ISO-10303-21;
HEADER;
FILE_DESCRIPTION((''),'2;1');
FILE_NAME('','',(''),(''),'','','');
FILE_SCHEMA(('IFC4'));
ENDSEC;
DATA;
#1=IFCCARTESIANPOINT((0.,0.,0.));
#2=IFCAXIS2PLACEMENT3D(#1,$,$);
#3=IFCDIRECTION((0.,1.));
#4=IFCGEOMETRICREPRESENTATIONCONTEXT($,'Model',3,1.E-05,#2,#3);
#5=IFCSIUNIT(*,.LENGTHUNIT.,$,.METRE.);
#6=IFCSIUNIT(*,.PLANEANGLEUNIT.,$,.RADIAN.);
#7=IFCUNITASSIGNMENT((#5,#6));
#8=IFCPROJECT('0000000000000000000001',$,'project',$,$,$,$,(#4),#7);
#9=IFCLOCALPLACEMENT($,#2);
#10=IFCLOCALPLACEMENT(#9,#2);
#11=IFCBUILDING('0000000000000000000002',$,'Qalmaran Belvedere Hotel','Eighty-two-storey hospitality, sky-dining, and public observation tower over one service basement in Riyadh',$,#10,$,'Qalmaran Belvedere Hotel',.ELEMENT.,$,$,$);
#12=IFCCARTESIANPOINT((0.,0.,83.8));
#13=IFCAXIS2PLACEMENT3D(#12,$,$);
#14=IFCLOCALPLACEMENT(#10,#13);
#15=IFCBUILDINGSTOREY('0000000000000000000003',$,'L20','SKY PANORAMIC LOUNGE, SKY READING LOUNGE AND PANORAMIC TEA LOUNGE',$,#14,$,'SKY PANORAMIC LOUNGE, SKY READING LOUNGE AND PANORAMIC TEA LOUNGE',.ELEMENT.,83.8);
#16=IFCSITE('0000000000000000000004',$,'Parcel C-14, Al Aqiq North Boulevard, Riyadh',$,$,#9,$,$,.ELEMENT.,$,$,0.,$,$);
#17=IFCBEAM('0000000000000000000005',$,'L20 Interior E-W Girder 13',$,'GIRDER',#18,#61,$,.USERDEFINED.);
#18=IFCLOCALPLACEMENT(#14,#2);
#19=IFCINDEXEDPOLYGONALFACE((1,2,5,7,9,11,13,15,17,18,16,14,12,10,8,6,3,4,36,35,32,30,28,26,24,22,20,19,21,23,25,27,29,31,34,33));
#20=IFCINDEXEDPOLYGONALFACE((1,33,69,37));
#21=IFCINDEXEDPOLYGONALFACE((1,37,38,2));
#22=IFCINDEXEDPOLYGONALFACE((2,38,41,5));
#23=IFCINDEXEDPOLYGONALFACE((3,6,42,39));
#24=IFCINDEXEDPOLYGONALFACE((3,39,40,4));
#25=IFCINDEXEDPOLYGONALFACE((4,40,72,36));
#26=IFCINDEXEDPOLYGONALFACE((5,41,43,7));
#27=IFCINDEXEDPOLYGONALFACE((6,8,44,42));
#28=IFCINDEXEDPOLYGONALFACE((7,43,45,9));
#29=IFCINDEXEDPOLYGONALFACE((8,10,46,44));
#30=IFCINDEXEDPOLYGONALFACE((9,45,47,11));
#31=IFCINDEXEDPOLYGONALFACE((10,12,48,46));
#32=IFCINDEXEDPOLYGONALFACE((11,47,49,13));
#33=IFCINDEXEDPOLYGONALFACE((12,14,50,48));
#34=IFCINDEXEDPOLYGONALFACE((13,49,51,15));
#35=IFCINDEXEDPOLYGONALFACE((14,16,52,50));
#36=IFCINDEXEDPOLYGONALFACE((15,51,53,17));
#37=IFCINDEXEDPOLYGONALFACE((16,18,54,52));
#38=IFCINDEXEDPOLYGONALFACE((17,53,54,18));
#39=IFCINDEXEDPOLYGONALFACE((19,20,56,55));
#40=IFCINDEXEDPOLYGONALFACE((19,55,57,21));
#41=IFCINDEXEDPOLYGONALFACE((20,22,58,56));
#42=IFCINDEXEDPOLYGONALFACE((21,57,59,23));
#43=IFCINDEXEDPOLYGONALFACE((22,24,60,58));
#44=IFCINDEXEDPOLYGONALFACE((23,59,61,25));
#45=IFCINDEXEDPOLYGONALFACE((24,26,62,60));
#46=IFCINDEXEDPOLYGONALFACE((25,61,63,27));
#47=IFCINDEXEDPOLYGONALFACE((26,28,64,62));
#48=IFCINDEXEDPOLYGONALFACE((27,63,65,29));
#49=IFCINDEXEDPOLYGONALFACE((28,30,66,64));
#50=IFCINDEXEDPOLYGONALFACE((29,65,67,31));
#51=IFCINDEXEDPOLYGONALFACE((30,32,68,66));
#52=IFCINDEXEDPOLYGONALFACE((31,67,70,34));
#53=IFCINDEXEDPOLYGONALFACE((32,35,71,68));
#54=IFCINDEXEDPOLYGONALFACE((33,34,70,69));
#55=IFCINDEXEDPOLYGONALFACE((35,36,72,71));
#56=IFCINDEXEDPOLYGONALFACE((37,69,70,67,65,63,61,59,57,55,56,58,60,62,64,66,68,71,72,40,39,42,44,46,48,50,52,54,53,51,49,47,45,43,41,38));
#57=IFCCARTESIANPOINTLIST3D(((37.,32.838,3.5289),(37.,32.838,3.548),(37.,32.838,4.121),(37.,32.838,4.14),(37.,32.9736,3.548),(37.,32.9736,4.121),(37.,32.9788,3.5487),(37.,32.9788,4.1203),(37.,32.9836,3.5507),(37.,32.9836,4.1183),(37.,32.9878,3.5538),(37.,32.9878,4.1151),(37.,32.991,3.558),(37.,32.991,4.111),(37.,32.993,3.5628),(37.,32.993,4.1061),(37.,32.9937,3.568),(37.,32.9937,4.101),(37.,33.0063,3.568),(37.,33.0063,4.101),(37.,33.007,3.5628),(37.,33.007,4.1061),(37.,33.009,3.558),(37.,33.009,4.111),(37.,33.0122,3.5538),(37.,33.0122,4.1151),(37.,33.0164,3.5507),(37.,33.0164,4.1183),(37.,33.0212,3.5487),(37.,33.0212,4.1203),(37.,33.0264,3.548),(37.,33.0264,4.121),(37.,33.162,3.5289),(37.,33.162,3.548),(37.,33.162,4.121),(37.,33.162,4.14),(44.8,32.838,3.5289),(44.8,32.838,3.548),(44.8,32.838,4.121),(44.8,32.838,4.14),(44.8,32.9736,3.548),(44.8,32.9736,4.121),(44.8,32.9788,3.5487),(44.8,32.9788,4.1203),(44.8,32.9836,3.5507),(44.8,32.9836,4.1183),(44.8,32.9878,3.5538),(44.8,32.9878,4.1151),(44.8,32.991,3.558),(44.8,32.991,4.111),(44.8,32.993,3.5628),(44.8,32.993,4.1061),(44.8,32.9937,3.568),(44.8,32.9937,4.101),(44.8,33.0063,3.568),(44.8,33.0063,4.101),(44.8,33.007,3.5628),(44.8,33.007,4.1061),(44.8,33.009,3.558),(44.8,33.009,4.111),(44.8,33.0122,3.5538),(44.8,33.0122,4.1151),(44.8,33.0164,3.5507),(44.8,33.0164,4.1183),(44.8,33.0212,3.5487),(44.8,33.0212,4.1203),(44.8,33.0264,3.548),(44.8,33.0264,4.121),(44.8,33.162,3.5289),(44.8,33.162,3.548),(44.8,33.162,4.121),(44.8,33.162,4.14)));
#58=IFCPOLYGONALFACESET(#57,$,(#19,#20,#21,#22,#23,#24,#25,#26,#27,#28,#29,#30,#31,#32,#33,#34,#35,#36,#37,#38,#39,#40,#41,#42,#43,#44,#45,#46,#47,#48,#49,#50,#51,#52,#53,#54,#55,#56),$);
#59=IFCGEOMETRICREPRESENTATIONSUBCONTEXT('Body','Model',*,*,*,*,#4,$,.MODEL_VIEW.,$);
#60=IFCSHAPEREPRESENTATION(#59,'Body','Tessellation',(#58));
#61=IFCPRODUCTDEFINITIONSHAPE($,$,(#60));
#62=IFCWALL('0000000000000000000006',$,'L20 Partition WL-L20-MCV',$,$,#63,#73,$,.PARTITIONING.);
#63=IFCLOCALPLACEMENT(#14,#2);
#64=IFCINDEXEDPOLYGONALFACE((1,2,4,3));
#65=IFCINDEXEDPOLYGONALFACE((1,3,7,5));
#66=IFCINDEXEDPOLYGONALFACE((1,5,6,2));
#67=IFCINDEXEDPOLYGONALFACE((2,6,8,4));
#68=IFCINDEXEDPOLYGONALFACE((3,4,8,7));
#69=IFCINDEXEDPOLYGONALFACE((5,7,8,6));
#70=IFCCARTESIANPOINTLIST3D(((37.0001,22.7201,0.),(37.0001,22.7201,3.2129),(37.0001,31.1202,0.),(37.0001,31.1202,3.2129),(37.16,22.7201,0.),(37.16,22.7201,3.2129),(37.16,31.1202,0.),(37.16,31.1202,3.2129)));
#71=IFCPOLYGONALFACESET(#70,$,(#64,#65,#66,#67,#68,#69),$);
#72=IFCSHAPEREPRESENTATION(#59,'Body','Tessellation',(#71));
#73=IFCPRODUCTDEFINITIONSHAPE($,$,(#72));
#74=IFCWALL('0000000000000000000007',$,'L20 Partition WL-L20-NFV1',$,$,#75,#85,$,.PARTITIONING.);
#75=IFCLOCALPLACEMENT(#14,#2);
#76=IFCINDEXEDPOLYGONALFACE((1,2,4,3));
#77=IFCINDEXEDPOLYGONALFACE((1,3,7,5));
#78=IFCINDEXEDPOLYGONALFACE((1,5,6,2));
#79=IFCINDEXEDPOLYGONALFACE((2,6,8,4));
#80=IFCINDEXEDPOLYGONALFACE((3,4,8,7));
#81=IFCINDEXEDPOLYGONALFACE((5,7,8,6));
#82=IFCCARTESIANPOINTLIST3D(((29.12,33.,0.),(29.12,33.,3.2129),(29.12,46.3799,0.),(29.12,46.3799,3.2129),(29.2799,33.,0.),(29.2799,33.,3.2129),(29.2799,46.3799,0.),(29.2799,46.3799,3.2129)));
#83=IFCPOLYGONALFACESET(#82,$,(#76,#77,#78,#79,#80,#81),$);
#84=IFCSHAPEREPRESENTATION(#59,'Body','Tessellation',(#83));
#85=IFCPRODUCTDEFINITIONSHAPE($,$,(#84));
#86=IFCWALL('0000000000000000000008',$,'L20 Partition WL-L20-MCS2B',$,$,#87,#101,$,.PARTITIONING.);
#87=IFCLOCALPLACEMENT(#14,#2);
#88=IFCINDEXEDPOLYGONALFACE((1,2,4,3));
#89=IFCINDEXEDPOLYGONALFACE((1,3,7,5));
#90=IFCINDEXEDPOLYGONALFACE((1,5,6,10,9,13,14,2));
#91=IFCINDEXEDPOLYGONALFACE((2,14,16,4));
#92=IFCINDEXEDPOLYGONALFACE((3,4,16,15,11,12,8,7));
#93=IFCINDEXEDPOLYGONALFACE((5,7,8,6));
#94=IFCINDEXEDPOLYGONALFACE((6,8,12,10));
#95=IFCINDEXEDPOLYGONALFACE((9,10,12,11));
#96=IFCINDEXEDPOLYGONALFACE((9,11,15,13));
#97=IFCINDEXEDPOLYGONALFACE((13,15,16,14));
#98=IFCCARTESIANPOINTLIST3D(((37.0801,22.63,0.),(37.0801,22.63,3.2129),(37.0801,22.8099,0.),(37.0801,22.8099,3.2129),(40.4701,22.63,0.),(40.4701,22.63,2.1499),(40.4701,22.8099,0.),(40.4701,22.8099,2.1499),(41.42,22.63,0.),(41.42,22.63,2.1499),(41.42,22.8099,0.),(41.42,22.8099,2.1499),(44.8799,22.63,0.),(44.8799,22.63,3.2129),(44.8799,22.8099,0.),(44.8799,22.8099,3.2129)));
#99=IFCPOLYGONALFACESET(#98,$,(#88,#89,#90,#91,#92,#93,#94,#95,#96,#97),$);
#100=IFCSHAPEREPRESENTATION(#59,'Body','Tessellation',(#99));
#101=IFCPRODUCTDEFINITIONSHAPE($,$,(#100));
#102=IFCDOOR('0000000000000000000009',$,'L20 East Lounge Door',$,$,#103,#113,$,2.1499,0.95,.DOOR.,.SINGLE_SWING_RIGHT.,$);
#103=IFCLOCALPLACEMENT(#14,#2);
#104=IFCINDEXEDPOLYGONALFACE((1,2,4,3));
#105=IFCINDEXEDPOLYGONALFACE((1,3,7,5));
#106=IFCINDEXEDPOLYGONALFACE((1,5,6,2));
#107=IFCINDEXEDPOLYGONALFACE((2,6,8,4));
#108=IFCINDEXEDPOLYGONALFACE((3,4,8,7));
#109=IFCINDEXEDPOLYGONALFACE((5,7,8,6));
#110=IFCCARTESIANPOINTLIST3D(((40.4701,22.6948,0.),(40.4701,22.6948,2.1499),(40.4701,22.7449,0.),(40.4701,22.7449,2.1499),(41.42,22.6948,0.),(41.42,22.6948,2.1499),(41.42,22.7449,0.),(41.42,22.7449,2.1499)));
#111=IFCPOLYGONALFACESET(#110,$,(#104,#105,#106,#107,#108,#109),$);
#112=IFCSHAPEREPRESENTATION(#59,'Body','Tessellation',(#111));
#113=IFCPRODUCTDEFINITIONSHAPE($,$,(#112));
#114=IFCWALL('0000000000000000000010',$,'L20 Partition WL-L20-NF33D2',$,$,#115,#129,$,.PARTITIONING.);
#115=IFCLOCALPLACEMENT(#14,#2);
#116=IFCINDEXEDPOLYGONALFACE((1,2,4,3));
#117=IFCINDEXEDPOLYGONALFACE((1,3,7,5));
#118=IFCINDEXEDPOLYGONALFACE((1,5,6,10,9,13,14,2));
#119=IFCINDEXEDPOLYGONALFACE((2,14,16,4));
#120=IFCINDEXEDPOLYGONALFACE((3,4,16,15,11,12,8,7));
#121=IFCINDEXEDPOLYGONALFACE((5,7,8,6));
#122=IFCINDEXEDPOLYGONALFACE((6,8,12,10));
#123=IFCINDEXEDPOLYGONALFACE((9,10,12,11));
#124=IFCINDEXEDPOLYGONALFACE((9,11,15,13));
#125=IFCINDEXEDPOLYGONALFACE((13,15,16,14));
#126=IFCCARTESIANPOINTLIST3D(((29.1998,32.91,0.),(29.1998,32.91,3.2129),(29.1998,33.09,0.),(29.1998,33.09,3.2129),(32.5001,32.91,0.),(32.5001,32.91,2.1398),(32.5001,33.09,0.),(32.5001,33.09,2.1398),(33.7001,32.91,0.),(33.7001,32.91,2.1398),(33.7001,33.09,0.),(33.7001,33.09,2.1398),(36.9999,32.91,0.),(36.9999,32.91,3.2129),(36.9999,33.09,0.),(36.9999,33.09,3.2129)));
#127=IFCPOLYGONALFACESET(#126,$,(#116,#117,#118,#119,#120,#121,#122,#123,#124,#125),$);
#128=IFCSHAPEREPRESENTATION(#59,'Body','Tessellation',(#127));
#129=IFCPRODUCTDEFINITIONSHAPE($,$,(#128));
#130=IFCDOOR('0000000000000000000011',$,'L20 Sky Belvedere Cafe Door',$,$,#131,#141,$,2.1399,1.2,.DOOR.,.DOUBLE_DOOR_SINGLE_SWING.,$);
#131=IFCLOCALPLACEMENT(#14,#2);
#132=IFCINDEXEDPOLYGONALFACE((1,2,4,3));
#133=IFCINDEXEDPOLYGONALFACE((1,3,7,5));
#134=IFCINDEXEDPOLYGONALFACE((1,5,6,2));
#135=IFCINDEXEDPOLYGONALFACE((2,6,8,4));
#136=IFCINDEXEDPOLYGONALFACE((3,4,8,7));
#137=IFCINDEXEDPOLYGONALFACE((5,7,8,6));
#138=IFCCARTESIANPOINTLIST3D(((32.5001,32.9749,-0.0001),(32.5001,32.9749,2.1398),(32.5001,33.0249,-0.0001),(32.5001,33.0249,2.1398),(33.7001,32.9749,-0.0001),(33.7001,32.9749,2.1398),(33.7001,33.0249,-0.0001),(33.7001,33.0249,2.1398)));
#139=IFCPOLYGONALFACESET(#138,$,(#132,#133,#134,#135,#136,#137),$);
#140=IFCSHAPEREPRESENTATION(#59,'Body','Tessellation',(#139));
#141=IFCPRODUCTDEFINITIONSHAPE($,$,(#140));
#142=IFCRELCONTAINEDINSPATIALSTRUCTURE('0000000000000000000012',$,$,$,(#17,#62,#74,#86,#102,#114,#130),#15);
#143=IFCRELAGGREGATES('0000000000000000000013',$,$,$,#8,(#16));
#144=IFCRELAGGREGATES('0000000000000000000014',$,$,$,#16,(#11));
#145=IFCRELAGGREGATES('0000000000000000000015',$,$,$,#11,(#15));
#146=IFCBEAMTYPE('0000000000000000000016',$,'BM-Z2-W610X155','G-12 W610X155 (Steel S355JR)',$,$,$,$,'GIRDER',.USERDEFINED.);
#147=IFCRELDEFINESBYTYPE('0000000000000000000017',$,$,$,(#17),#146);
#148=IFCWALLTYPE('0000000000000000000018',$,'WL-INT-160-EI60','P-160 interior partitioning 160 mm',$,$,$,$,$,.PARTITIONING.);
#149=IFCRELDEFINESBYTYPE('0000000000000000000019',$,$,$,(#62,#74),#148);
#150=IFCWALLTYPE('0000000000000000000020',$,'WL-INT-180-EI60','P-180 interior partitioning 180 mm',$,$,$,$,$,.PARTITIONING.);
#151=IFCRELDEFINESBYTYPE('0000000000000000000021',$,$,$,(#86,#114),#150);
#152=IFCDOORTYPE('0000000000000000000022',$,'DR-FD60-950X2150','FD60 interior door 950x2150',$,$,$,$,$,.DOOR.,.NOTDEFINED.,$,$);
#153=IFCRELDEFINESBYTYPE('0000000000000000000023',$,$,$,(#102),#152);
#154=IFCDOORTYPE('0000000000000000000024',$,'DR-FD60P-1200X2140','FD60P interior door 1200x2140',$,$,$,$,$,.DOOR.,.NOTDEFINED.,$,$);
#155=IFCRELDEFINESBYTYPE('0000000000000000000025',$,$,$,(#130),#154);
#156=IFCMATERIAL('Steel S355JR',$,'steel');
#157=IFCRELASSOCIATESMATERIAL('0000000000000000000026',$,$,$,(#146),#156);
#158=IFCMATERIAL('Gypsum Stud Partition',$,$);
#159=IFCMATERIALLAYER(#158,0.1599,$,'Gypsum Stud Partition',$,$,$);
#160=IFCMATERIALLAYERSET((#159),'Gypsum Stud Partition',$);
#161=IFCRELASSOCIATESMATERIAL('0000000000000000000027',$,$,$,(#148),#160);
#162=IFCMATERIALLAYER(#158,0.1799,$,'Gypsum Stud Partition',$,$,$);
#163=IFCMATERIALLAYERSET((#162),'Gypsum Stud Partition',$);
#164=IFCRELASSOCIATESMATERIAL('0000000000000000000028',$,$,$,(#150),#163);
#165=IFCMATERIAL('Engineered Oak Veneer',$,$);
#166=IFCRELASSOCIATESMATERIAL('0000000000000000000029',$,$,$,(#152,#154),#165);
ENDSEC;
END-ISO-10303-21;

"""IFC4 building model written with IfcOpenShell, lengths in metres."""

from ifc_helpers import new_model, si_unit, direction, frame, frame_2d, origin, origin_2d, place, context, subcontext, project, spatial, rectangle, i_section, extrude, material, layer, layer_set, material_profile, profile_set, type_object, element, fill, save


model = new_model("IFC4")

# Units and contexts
model_context = context("Model", 3, precision=1e-05, world=origin(), true_north=direction((0.0, 1.0)))
body_context = subcontext(model_context, "Body", "Model", "MODEL_VIEW")
ifc_project = project(units=[si_unit("LENGTHUNIT", "METRE"), si_unit("PLANEANGLEUNIT", "RADIAN")], contexts=[model_context])

# Site, building, storey
site_placement = place(None, origin())
site = spatial("IfcSite", under=ifc_project, at=site_placement, Name="Parcel C-14, Al Aqiq North Boulevard, Riyadh", CompositionType="ELEMENT", RefElevation=0.0)
building_placement = place(site_placement, origin())
building = spatial("IfcBuilding", under=site, at=building_placement, Name="Qalmaran Belvedere Hotel", Description="Eighty-two-storey hospitality, sky-dining, and public observation tower over one service basement in Riyadh", LongName="Qalmaran Belvedere Hotel", CompositionType="ELEMENT")
storey_placement = place(building_placement, frame((0.0, 0.0, 83.8)))
storey = spatial("IfcBuildingStorey", under=building, at=storey_placement, Name="L20", Description="SKY PANORAMIC LOUNGE, SKY READING LOUNGE AND PANORAMIC TEA LOUNGE", LongName="SKY PANORAMIC LOUNGE, SKY READING LOUNGE AND PANORAMIC TEA LOUNGE", CompositionType="ELEMENT", Elevation=83.8)

# Beam
ifc_material_1 = material(Name="Steel S355JR", Category="steel")
ifc_material_profile_1 = material_profile(ifc_material_1, i_section(OverallWidth=0.324, OverallDepth=0.6111, WebThickness=0.0127, FlangeThickness=0.019, FilletRadius=0.02, at=origin_2d()), Name="W610X155")
ifc_profile_set_1 = profile_set([ifc_material_profile_1], Name="Steel S355JR")
beam_type_1 = type_object("IfcBeamType", Name="BM-Z2-W610X155", Description="G-12 W610X155 (Steel S355JR)", ElementType="GIRDER", PredefinedType="USERDEFINED", material=ifc_profile_set_1)
for number, where, z_axis, x_axis, name in (
    (1, (37.0, 33.0, 3.8345), (1.0, 0.0, 0.0), (0.0, 1.0, 0.0), "L20 Interior E-W Girder 13"),
):
    element("IfcBeam", number, at=place(storey_placement, frame(where, z_axis=z_axis, x_axis=x_axis)), inside=storey, type_object=beam_type_1, Name=name, ObjectType="GIRDER", PredefinedType="USERDEFINED", context=body_context, shape_type="SweptSolid", body=[
        extrude(i_section(OverallWidth=0.324, OverallDepth=0.6111, WebThickness=0.0127, FlangeThickness=0.019, FilletRadius=0.02, at=origin_2d()), origin(), (0.0, 0.0, 1.0), 7.8),
    ])

# Walls
ifc_material_2 = material(Name="Gypsum Stud Partition")
ifc_layer_1 = layer(ifc_material_2, 0.1599, Name="Gypsum Stud Partition")
ifc_layer_set_1 = layer_set([ifc_layer_1], Name="Gypsum Stud Partition")
wall_type_1 = type_object("IfcWallType", Name="WL-INT-160-EI60", Description="P-160 interior partitioning 160 mm", PredefinedType="PARTITIONING", material=ifc_layer_set_1)
wall_1_placement = place(storey_placement, frame((37.0801, 22.72, 0.0), z_axis=(0.0, 0.0, 1.0), x_axis=(0.0, 1.0, 0.0)))
element("IfcWall", 2, at=wall_1_placement, inside=storey, type_object=wall_type_1, Name="L20 Partition WL-L20-MCV", PredefinedType="PARTITIONING", context=body_context, shape_type="SweptSolid", body=[
    extrude(rectangle(XDim=8.4001, YDim=0.1599, at=frame_2d((4.2002, 0.0))), origin(), (0.0, 0.0, 1.0), 3.2129),
])
wall_2_placement = place(storey_placement, frame((29.2, 33.0, 0.0), z_axis=(0.0, 0.0, 1.0), x_axis=(0.0, 1.0, 0.0)))
element("IfcWall", 3, at=wall_2_placement, inside=storey, type_object=wall_type_1, Name="L20 Partition WL-L20-NFV1", PredefinedType="PARTITIONING", context=body_context, shape_type="SweptSolid", body=[
    extrude(rectangle(XDim=13.3799, YDim=0.1599, at=frame_2d((6.6899, 0.0))), origin(), (0.0, 0.0, 1.0), 3.2129),
])

# Walls, openings, doors
ifc_layer_2 = layer(ifc_material_2, 0.1799, Name="Gypsum Stud Partition")
ifc_layer_set_2 = layer_set([ifc_layer_2], Name="Gypsum Stud Partition")
wall_type_2 = type_object("IfcWallType", Name="WL-INT-180-EI60", Description="P-180 interior partitioning 180 mm", PredefinedType="PARTITIONING", material=ifc_layer_set_2)
wall_3_placement = place(storey_placement, frame((37.0801, 22.72, 0.0), z_axis=(0.0, 0.0, 1.0), x_axis=(1.0, 0.0, 0.0)))
wall_3 = element("IfcWall", 4, at=wall_3_placement, inside=storey, type_object=wall_type_2, Name="L20 Partition WL-L20-MCS2B", PredefinedType="PARTITIONING", context=body_context, shape_type="SweptSolid", body=[
    extrude(rectangle(XDim=7.7998, YDim=0.1799, at=frame_2d((3.8999, 0.0))), origin(), (0.0, 0.0, 1.0), 3.2129),
])
opening_1_placement = place(wall_3_placement, frame((3.3899, 0.0, 0.0)))
opening_1 = element("IfcOpeningElement", 5, at=opening_1_placement, cuts=wall_3, PredefinedType="OPENING", context=body_context, shape_type="SweptSolid", body=[
    extrude(rectangle(XDim=0.95, YDim=2.1499, at=frame_2d((0.4751, 1.075))), frame((0.0, 0.1001, 0.0), z_axis=(0.0, -1.0, 0.0), x_axis=(1.0, 0.0, 0.0)), (0.0, 0.0, 1.0), 0.2),
])
ifc_material_3 = material(Name="Engineered Oak Veneer")
door_type_1 = type_object("IfcDoorType", Name="DR-FD60-950X2150", Description="FD60 interior door 950x2150", OperationType="NOTDEFINED", PredefinedType="DOOR", material=ifc_material_3)
door_1_placement = place(opening_1_placement, origin())
door_1 = element("IfcDoor", 6, at=door_1_placement, inside=storey, type_object=door_type_1, Name="L20 East Lounge Door", OperationType="SINGLE_SWING_RIGHT", OverallHeight=2.1499, OverallWidth=0.95, PredefinedType="DOOR", context=body_context, shape_type="SweptSolid", body=[
    extrude(rectangle(XDim=0.95, YDim=2.1499, at=frame_2d((0.4751, 1.075))), frame((0.0, 0.0249, 0.0), z_axis=(0.0, -1.0, 0.0), x_axis=(1.0, 0.0, 0.0)), (0.0, 0.0, 1.0), 0.05),
])
fill(opening_1, door_1)
wall_4_placement = place(storey_placement, frame((29.2, 33.0, 0.0), z_axis=(0.0, 0.0, 1.0), x_axis=(1.0, 0.0, 0.0)))
wall_4 = element("IfcWall", 7, at=wall_4_placement, inside=storey, type_object=wall_type_2, Name="L20 Partition WL-L20-NF33D2", PredefinedType="PARTITIONING", context=body_context, shape_type="SweptSolid", body=[
    extrude(rectangle(XDim=7.8, YDim=0.1799, at=frame_2d((3.8999, 0.0))), origin(), (0.0, 0.0, 1.0), 3.2129),
])
opening_2_placement = place(wall_4_placement, frame((3.3, 0.0, 0.0)))
opening_2 = element("IfcOpeningElement", 8, at=opening_2_placement, cuts=wall_4, PredefinedType="OPENING", context=body_context, shape_type="SweptSolid", body=[
    extrude(rectangle(XDim=1.2, YDim=2.1399, at=frame_2d((0.6001, 1.0698))), frame((0.0, 0.1001, 0.0), z_axis=(0.0, -1.0, 0.0), x_axis=(1.0, 0.0, 0.0)), (0.0, 0.0, 1.0), 0.2),
])
door_type_2 = type_object("IfcDoorType", Name="DR-FD60P-1200X2140", Description="FD60P interior door 1200x2140", OperationType="NOTDEFINED", PredefinedType="DOOR", material=ifc_material_3)
door_2_placement = place(opening_2_placement, origin())
door_2 = element("IfcDoor", 9, at=door_2_placement, inside=storey, type_object=door_type_2, Name="L20 Sky Belvedere Cafe Door", OperationType="DOUBLE_DOOR_SINGLE_SWING", OverallHeight=2.1399, OverallWidth=1.2, PredefinedType="DOOR", context=body_context, shape_type="SweptSolid", body=[
    extrude(rectangle(XDim=1.2, YDim=2.1399, at=frame_2d((0.6001, 1.0698))), frame((0.0, 0.0249, 0.0), z_axis=(0.0, -1.0, 0.0), x_axis=(1.0, 0.0, 0.0)), (0.0, 0.0, 1.0), 0.05),
])
fill(opening_2, door_2)

save(model, "model.ifc")
